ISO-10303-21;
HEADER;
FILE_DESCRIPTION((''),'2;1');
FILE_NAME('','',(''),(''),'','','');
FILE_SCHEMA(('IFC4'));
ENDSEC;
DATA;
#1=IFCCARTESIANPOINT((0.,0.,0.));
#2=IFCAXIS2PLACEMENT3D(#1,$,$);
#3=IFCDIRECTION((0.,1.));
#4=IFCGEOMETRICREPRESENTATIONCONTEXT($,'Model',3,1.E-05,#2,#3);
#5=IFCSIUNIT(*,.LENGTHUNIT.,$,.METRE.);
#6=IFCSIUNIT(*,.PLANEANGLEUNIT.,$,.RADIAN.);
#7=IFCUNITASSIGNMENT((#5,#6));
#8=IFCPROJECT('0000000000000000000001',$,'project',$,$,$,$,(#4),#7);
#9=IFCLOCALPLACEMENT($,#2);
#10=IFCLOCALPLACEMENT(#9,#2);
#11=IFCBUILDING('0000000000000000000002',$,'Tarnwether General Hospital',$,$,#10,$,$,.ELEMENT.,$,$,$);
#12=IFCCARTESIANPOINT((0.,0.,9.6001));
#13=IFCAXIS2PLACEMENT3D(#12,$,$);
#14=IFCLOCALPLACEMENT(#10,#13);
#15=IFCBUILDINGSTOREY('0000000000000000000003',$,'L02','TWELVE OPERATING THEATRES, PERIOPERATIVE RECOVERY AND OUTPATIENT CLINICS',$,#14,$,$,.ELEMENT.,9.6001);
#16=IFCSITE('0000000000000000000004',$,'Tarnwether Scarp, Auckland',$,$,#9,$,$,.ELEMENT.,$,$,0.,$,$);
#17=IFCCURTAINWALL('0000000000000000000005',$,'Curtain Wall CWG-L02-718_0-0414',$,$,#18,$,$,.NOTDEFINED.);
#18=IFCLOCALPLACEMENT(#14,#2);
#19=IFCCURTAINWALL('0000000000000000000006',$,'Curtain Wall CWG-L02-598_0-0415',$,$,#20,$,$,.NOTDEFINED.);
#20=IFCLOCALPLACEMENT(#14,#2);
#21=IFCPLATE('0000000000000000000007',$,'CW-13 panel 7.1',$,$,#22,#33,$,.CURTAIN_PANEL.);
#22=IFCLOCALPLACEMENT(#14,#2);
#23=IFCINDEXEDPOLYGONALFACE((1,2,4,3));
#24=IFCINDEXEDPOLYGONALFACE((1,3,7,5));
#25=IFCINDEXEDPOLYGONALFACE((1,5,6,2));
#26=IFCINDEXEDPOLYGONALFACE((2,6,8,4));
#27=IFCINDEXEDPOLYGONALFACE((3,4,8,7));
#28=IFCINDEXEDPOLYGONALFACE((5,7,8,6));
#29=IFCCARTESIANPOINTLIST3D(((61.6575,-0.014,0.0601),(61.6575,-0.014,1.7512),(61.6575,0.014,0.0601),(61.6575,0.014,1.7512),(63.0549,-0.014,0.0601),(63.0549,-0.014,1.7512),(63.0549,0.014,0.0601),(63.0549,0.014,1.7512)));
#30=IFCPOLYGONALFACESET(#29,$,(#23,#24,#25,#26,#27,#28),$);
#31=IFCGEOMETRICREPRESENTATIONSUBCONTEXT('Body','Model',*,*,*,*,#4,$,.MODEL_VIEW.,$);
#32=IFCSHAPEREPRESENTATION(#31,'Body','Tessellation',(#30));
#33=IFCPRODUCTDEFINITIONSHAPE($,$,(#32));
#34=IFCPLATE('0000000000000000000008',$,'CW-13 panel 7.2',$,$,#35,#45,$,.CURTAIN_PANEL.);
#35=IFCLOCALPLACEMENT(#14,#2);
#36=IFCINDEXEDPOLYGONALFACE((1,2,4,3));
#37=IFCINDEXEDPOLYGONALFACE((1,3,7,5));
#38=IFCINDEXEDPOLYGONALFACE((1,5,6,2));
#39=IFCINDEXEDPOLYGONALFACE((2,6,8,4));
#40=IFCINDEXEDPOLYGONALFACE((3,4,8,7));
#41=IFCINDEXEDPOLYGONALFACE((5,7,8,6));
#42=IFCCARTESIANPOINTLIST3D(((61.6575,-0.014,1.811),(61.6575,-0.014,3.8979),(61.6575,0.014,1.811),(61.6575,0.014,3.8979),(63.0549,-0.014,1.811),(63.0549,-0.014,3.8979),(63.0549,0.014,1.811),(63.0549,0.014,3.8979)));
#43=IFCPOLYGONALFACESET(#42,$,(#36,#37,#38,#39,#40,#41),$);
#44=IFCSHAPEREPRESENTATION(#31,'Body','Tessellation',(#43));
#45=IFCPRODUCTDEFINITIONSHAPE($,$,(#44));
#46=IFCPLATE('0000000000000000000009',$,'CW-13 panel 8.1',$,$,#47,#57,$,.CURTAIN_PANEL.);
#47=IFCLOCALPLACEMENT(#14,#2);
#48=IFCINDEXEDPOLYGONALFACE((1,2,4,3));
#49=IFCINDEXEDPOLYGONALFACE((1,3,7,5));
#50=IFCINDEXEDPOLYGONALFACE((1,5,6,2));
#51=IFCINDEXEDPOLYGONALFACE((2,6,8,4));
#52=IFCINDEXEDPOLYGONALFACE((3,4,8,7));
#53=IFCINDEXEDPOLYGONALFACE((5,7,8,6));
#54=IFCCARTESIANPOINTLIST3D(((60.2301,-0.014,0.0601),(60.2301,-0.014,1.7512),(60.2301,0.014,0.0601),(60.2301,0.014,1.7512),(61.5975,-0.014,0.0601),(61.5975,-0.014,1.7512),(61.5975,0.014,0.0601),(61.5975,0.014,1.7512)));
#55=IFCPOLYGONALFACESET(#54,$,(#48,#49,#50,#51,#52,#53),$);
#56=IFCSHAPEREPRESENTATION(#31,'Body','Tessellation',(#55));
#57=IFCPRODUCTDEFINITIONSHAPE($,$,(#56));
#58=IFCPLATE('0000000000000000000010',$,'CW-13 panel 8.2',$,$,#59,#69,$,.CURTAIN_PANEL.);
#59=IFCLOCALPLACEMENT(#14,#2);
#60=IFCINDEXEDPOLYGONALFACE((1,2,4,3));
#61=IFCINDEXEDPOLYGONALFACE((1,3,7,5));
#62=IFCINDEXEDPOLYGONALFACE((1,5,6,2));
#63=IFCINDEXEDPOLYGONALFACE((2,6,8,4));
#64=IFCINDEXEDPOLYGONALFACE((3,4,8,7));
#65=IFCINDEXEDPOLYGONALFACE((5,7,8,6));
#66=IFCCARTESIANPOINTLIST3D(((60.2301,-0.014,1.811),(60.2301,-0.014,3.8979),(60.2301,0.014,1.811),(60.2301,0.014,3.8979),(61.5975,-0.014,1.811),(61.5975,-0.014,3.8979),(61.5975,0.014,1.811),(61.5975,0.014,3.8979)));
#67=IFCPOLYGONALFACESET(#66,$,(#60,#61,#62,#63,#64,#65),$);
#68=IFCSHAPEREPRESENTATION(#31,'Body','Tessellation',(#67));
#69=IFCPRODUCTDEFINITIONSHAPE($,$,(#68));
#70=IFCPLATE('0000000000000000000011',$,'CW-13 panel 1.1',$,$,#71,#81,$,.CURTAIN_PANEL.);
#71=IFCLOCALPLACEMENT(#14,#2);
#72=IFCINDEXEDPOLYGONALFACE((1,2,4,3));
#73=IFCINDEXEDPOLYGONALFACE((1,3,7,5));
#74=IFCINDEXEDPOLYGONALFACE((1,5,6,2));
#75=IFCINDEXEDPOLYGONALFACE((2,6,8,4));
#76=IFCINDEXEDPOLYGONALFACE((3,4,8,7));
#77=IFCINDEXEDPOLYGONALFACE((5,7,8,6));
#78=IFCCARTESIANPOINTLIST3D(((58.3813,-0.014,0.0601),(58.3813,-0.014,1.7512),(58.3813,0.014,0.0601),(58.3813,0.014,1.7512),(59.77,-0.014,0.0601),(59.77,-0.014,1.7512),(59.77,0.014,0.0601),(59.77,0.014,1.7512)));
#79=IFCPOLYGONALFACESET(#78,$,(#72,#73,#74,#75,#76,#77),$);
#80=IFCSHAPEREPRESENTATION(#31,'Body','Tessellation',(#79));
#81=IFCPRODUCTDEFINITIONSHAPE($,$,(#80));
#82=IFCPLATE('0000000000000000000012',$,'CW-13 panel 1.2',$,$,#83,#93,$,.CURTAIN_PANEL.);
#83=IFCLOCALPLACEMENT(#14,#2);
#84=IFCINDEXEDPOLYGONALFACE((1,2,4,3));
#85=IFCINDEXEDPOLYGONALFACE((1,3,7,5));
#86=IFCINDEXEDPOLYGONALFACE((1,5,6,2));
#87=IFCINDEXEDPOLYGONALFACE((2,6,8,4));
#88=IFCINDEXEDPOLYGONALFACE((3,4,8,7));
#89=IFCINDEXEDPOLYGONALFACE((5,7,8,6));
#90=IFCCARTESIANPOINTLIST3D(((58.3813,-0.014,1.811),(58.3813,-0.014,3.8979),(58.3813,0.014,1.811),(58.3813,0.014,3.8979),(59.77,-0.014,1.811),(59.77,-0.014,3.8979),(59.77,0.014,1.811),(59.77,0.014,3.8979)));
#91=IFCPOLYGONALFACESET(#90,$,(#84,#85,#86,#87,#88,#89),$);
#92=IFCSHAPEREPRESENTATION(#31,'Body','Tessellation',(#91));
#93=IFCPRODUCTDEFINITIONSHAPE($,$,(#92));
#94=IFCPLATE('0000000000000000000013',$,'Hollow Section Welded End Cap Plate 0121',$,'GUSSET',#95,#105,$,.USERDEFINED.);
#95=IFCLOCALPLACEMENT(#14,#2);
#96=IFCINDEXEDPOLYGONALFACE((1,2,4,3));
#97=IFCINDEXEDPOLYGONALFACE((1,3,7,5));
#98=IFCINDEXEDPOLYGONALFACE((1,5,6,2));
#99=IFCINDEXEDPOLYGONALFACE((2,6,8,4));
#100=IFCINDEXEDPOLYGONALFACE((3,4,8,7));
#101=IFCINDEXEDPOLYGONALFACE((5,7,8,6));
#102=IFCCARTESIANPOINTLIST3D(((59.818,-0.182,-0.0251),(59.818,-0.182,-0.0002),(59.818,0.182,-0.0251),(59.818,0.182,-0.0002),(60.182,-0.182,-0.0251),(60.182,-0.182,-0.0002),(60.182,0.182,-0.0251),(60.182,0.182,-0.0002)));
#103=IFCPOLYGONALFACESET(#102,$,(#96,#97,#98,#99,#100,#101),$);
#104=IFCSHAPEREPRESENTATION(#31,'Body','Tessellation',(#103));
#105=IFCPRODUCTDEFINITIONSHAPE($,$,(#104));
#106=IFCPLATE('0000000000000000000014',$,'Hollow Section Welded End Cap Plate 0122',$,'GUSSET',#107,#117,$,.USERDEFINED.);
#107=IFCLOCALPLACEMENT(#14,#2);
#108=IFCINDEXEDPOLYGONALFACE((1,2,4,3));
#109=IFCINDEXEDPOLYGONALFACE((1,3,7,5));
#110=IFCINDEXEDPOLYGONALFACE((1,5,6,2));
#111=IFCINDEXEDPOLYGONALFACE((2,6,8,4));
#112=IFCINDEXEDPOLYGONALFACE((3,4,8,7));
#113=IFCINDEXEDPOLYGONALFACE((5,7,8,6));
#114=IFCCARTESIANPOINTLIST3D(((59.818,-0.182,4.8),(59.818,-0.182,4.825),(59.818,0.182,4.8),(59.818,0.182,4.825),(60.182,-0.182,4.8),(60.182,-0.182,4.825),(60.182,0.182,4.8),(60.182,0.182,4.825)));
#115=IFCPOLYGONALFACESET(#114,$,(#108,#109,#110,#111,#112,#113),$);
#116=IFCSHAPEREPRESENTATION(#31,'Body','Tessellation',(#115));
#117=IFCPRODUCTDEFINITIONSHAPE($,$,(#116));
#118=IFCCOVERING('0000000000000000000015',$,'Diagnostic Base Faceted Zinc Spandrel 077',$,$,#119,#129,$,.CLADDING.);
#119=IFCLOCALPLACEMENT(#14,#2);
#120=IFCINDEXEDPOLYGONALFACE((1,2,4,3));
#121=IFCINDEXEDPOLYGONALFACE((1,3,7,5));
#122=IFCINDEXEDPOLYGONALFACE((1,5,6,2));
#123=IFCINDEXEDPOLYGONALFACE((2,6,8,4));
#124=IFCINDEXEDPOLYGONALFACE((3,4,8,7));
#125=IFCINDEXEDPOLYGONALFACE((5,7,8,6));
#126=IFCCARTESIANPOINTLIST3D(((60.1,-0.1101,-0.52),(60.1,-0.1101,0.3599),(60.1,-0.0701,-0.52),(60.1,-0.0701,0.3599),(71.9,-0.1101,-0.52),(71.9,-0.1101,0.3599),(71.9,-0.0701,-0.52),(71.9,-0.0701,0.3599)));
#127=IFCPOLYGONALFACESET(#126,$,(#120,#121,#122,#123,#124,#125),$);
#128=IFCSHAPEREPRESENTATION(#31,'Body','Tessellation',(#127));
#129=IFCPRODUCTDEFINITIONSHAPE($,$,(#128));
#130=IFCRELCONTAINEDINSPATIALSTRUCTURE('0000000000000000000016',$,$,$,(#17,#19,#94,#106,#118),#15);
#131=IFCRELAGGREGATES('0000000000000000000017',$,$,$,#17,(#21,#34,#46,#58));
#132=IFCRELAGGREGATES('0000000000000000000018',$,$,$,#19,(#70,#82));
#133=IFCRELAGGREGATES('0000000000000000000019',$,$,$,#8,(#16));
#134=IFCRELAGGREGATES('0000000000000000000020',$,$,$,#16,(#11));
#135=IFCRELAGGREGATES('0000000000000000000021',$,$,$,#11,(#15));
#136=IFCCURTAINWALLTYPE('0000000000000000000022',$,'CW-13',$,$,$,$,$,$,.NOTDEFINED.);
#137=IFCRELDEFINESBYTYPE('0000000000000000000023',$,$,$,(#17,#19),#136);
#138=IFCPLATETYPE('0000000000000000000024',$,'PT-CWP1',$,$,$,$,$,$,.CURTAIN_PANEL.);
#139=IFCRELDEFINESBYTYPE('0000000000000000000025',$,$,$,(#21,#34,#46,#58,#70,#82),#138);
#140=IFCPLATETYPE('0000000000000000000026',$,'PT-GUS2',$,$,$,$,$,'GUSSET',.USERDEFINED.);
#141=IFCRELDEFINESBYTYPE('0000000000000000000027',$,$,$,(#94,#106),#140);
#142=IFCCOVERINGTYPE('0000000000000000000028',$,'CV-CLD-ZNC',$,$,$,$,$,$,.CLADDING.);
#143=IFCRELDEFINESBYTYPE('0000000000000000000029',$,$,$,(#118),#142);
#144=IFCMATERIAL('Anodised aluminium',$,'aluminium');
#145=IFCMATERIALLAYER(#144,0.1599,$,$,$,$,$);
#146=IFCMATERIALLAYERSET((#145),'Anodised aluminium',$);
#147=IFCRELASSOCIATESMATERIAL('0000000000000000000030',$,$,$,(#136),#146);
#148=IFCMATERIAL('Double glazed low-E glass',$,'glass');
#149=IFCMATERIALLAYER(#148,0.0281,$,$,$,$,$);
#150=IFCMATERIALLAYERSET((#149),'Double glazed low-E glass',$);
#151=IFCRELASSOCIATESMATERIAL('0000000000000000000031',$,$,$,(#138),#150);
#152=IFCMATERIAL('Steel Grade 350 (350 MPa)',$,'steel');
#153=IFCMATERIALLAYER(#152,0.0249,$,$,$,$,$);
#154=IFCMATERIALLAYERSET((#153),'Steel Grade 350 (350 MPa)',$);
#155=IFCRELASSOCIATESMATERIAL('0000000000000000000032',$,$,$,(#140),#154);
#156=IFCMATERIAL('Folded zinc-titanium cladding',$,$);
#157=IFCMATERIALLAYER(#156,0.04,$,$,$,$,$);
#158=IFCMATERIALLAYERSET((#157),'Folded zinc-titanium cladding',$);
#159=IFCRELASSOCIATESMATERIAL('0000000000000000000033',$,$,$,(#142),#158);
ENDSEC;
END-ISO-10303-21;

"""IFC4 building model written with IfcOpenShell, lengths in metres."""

from ifc_helpers import new_model, si_unit, direction, frame, origin, origin_2d, place, context, subcontext, project, spatial, rectangle, extrude, material, layer, layer_set, type_object, element, aggregate, save


model = new_model("IFC4")

# Units and contexts
model_context = context("Model", 3, precision=1e-05, world=origin(), true_north=direction((0.0, 1.0)))
body_context = subcontext(model_context, "Body", "Model", "MODEL_VIEW")
ifc_project = project(units=[si_unit("LENGTHUNIT", "METRE"), si_unit("PLANEANGLEUNIT", "RADIAN")], contexts=[model_context])

# Site, building, storey
site_placement = place(None, origin())
site = spatial("IfcSite", under=ifc_project, at=site_placement, Name="Tarnwether Scarp, Auckland", CompositionType="ELEMENT", RefElevation=0.0)
building_placement = place(site_placement, origin())
building = spatial("IfcBuilding", under=site, at=building_placement, Name="Tarnwether General Hospital", CompositionType="ELEMENT")
storey_placement = place(building_placement, frame((0.0, 0.0, 9.6001)))
storey = spatial("IfcBuildingStorey", under=building, at=storey_placement, Name="L02", Description="TWELVE OPERATING THEATRES, PERIOPERATIVE RECOVERY AND OUTPATIENT CLINICS", CompositionType="ELEMENT", Elevation=9.6001)

# Curtain walls
ifc_material_1 = material(Name="Anodised aluminium", Category="aluminium")
ifc_layer_1 = layer(ifc_material_1, 0.1599)
ifc_layer_set_1 = layer_set([ifc_layer_1], Name="Anodised aluminium")
curtain_wall_type = type_object("IfcCurtainWallType", Name="CW-13", PredefinedType="NOTDEFINED", material=ifc_layer_set_1)
curtain_wall_1_placement = place(storey_placement, origin())
curtain_wall_1 = element("IfcCurtainWall", 1, at=curtain_wall_1_placement, inside=storey, type_object=curtain_wall_type, Name="Curtain Wall CWG-L02-718_0-0414", PredefinedType="NOTDEFINED")
curtain_wall_2_placement = place(storey_placement, origin())
curtain_wall_2 = element("IfcCurtainWall", 2, at=curtain_wall_2_placement, inside=storey, type_object=curtain_wall_type, Name="Curtain Wall CWG-L02-598_0-0415", PredefinedType="NOTDEFINED")

# Plates
ifc_material_2 = material(Name="Double glazed low-E glass", Category="glass")
ifc_layer_2 = layer(ifc_material_2, 0.0281)
ifc_layer_set_2 = layer_set([ifc_layer_2], Name="Double glazed low-E glass")
plate_type_1 = type_object("IfcPlateType", Name="PT-CWP1", PredefinedType="CURTAIN_PANEL", material=ifc_layer_set_2)
plate_1_placement = place(storey_placement, frame((62.3562, 0.0, 0.0601), z_axis=(0.0, 0.0, 1.0), x_axis=(-1.0, 0.0, 0.0)))
plate_1 = element("IfcPlate", 3, at=plate_1_placement, type_object=plate_type_1, Name="CW-13 panel 7.1", PredefinedType="CURTAIN_PANEL", context=body_context, shape_type="SweptSolid", body=[
    extrude(rectangle(XDim=1.3975, YDim=0.0281, at=origin_2d()), origin(), (0.0, 0.0, 1.0), 1.6912),
])
plate_2_placement = place(storey_placement, frame((62.3562, 0.0, 1.811), z_axis=(0.0, 0.0, 1.0), x_axis=(-1.0, 0.0, 0.0)))
plate_2 = element("IfcPlate", 4, at=plate_2_placement, type_object=plate_type_1, Name="CW-13 panel 7.2", PredefinedType="CURTAIN_PANEL", context=body_context, shape_type="SweptSolid", body=[
    extrude(rectangle(XDim=1.3975, YDim=0.0281, at=origin_2d()), origin(), (0.0, 0.0, 1.0), 2.0869),
])
plate_3_placement = place(storey_placement, frame((60.9138, 0.0, 0.0601), z_axis=(0.0, 0.0, 1.0), x_axis=(-1.0, 0.0, 0.0)))
plate_3 = element("IfcPlate", 5, at=plate_3_placement, type_object=plate_type_1, Name="CW-13 panel 8.1", PredefinedType="CURTAIN_PANEL", context=body_context, shape_type="SweptSolid", body=[
    extrude(rectangle(XDim=1.3674, YDim=0.0281, at=origin_2d()), origin(), (0.0, 0.0, 1.0), 1.6912),
])
plate_4_placement = place(storey_placement, frame((60.9138, 0.0, 1.811), z_axis=(0.0, 0.0, 1.0), x_axis=(-1.0, 0.0, 0.0)))
plate_4 = element("IfcPlate", 6, at=plate_4_placement, type_object=plate_type_1, Name="CW-13 panel 8.2", PredefinedType="CURTAIN_PANEL", context=body_context, shape_type="SweptSolid", body=[
    extrude(rectangle(XDim=1.3674, YDim=0.0281, at=origin_2d()), origin(), (0.0, 0.0, 1.0), 2.0869),
])
aggregate(curtain_wall_1, [plate_1, plate_2, plate_3, plate_4])
plate_5_placement = place(storey_placement, frame((59.0757, 0.0, 0.0601), z_axis=(0.0, 0.0, 1.0), x_axis=(-1.0, 0.0, 0.0)))
plate_5 = element("IfcPlate", 7, at=plate_5_placement, type_object=plate_type_1, Name="CW-13 panel 1.1", PredefinedType="CURTAIN_PANEL", context=body_context, shape_type="SweptSolid", body=[
    extrude(rectangle(XDim=1.3887, YDim=0.0281, at=origin_2d()), origin(), (0.0, 0.0, 1.0), 1.6912),
])
plate_6_placement = place(storey_placement, frame((59.0757, 0.0, 1.811), z_axis=(0.0, 0.0, 1.0), x_axis=(-1.0, 0.0, 0.0)))
plate_6 = element("IfcPlate", 8, at=plate_6_placement, type_object=plate_type_1, Name="CW-13 panel 1.2", PredefinedType="CURTAIN_PANEL", context=body_context, shape_type="SweptSolid", body=[
    extrude(rectangle(XDim=1.3887, YDim=0.0281, at=origin_2d()), origin(), (0.0, 0.0, 1.0), 2.0869),
])
aggregate(curtain_wall_2, [plate_5, plate_6])

# Plates
ifc_material_3 = material(Name="Steel Grade 350 (350 MPa)", Category="steel")
ifc_layer_3 = layer(ifc_material_3, 0.0249)
ifc_layer_set_3 = layer_set([ifc_layer_3], Name="Steel Grade 350 (350 MPa)")
plate_type_2 = type_object("IfcPlateType", Name="PT-GUS2", ElementType="GUSSET", PredefinedType="USERDEFINED", material=ifc_layer_set_3)
for number, where, z_axis, x_axis, name in (
    (9, (60.0, 0.0, -0.0251), (0.0, 0.0, 1.0), (1.0, 0.0, 0.0), "Hollow Section Welded End Cap Plate 0121"),
    (10, (60.0, 0.0, 4.8), (0.0, 0.0, 1.0), (1.0, 0.0, 0.0), "Hollow Section Welded End Cap Plate 0122"),
):
    element("IfcPlate", number, at=place(storey_placement, frame(where, z_axis=z_axis, x_axis=x_axis)), inside=storey, type_object=plate_type_2, Name=name, ObjectType="GUSSET", PredefinedType="USERDEFINED", context=body_context, shape_type="SweptSolid", body=[
        extrude(rectangle(XDim=0.364, YDim=0.364, at=origin_2d()), origin(), (0.0, 0.0, 1.0), 0.0249),
    ])

# Covering
ifc_material_4 = material(Name="Folded zinc-titanium cladding")
ifc_layer_4 = layer(ifc_material_4, 0.04)
ifc_layer_set_4 = layer_set([ifc_layer_4], Name="Folded zinc-titanium cladding")
covering_type = type_object("IfcCoveringType", Name="CV-CLD-ZNC", PredefinedType="CLADDING", material=ifc_layer_set_4)
covering_placement = place(storey_placement, frame((66.0, -0.0901, -0.52), z_axis=(0.0, 0.0, 1.0), x_axis=(1.0, 0.0, 0.0)))
element("IfcCovering", 11, at=covering_placement, inside=storey, type_object=covering_type, Name="Diagnostic Base Faceted Zinc Spandrel 077", PredefinedType="CLADDING", context=body_context, shape_type="SweptSolid", body=[
    extrude(rectangle(XDim=11.8, YDim=0.04, at=origin_2d()), origin(), (0.0, 0.0, 1.0), 0.8799),
])

save(model, "model.ifc")
